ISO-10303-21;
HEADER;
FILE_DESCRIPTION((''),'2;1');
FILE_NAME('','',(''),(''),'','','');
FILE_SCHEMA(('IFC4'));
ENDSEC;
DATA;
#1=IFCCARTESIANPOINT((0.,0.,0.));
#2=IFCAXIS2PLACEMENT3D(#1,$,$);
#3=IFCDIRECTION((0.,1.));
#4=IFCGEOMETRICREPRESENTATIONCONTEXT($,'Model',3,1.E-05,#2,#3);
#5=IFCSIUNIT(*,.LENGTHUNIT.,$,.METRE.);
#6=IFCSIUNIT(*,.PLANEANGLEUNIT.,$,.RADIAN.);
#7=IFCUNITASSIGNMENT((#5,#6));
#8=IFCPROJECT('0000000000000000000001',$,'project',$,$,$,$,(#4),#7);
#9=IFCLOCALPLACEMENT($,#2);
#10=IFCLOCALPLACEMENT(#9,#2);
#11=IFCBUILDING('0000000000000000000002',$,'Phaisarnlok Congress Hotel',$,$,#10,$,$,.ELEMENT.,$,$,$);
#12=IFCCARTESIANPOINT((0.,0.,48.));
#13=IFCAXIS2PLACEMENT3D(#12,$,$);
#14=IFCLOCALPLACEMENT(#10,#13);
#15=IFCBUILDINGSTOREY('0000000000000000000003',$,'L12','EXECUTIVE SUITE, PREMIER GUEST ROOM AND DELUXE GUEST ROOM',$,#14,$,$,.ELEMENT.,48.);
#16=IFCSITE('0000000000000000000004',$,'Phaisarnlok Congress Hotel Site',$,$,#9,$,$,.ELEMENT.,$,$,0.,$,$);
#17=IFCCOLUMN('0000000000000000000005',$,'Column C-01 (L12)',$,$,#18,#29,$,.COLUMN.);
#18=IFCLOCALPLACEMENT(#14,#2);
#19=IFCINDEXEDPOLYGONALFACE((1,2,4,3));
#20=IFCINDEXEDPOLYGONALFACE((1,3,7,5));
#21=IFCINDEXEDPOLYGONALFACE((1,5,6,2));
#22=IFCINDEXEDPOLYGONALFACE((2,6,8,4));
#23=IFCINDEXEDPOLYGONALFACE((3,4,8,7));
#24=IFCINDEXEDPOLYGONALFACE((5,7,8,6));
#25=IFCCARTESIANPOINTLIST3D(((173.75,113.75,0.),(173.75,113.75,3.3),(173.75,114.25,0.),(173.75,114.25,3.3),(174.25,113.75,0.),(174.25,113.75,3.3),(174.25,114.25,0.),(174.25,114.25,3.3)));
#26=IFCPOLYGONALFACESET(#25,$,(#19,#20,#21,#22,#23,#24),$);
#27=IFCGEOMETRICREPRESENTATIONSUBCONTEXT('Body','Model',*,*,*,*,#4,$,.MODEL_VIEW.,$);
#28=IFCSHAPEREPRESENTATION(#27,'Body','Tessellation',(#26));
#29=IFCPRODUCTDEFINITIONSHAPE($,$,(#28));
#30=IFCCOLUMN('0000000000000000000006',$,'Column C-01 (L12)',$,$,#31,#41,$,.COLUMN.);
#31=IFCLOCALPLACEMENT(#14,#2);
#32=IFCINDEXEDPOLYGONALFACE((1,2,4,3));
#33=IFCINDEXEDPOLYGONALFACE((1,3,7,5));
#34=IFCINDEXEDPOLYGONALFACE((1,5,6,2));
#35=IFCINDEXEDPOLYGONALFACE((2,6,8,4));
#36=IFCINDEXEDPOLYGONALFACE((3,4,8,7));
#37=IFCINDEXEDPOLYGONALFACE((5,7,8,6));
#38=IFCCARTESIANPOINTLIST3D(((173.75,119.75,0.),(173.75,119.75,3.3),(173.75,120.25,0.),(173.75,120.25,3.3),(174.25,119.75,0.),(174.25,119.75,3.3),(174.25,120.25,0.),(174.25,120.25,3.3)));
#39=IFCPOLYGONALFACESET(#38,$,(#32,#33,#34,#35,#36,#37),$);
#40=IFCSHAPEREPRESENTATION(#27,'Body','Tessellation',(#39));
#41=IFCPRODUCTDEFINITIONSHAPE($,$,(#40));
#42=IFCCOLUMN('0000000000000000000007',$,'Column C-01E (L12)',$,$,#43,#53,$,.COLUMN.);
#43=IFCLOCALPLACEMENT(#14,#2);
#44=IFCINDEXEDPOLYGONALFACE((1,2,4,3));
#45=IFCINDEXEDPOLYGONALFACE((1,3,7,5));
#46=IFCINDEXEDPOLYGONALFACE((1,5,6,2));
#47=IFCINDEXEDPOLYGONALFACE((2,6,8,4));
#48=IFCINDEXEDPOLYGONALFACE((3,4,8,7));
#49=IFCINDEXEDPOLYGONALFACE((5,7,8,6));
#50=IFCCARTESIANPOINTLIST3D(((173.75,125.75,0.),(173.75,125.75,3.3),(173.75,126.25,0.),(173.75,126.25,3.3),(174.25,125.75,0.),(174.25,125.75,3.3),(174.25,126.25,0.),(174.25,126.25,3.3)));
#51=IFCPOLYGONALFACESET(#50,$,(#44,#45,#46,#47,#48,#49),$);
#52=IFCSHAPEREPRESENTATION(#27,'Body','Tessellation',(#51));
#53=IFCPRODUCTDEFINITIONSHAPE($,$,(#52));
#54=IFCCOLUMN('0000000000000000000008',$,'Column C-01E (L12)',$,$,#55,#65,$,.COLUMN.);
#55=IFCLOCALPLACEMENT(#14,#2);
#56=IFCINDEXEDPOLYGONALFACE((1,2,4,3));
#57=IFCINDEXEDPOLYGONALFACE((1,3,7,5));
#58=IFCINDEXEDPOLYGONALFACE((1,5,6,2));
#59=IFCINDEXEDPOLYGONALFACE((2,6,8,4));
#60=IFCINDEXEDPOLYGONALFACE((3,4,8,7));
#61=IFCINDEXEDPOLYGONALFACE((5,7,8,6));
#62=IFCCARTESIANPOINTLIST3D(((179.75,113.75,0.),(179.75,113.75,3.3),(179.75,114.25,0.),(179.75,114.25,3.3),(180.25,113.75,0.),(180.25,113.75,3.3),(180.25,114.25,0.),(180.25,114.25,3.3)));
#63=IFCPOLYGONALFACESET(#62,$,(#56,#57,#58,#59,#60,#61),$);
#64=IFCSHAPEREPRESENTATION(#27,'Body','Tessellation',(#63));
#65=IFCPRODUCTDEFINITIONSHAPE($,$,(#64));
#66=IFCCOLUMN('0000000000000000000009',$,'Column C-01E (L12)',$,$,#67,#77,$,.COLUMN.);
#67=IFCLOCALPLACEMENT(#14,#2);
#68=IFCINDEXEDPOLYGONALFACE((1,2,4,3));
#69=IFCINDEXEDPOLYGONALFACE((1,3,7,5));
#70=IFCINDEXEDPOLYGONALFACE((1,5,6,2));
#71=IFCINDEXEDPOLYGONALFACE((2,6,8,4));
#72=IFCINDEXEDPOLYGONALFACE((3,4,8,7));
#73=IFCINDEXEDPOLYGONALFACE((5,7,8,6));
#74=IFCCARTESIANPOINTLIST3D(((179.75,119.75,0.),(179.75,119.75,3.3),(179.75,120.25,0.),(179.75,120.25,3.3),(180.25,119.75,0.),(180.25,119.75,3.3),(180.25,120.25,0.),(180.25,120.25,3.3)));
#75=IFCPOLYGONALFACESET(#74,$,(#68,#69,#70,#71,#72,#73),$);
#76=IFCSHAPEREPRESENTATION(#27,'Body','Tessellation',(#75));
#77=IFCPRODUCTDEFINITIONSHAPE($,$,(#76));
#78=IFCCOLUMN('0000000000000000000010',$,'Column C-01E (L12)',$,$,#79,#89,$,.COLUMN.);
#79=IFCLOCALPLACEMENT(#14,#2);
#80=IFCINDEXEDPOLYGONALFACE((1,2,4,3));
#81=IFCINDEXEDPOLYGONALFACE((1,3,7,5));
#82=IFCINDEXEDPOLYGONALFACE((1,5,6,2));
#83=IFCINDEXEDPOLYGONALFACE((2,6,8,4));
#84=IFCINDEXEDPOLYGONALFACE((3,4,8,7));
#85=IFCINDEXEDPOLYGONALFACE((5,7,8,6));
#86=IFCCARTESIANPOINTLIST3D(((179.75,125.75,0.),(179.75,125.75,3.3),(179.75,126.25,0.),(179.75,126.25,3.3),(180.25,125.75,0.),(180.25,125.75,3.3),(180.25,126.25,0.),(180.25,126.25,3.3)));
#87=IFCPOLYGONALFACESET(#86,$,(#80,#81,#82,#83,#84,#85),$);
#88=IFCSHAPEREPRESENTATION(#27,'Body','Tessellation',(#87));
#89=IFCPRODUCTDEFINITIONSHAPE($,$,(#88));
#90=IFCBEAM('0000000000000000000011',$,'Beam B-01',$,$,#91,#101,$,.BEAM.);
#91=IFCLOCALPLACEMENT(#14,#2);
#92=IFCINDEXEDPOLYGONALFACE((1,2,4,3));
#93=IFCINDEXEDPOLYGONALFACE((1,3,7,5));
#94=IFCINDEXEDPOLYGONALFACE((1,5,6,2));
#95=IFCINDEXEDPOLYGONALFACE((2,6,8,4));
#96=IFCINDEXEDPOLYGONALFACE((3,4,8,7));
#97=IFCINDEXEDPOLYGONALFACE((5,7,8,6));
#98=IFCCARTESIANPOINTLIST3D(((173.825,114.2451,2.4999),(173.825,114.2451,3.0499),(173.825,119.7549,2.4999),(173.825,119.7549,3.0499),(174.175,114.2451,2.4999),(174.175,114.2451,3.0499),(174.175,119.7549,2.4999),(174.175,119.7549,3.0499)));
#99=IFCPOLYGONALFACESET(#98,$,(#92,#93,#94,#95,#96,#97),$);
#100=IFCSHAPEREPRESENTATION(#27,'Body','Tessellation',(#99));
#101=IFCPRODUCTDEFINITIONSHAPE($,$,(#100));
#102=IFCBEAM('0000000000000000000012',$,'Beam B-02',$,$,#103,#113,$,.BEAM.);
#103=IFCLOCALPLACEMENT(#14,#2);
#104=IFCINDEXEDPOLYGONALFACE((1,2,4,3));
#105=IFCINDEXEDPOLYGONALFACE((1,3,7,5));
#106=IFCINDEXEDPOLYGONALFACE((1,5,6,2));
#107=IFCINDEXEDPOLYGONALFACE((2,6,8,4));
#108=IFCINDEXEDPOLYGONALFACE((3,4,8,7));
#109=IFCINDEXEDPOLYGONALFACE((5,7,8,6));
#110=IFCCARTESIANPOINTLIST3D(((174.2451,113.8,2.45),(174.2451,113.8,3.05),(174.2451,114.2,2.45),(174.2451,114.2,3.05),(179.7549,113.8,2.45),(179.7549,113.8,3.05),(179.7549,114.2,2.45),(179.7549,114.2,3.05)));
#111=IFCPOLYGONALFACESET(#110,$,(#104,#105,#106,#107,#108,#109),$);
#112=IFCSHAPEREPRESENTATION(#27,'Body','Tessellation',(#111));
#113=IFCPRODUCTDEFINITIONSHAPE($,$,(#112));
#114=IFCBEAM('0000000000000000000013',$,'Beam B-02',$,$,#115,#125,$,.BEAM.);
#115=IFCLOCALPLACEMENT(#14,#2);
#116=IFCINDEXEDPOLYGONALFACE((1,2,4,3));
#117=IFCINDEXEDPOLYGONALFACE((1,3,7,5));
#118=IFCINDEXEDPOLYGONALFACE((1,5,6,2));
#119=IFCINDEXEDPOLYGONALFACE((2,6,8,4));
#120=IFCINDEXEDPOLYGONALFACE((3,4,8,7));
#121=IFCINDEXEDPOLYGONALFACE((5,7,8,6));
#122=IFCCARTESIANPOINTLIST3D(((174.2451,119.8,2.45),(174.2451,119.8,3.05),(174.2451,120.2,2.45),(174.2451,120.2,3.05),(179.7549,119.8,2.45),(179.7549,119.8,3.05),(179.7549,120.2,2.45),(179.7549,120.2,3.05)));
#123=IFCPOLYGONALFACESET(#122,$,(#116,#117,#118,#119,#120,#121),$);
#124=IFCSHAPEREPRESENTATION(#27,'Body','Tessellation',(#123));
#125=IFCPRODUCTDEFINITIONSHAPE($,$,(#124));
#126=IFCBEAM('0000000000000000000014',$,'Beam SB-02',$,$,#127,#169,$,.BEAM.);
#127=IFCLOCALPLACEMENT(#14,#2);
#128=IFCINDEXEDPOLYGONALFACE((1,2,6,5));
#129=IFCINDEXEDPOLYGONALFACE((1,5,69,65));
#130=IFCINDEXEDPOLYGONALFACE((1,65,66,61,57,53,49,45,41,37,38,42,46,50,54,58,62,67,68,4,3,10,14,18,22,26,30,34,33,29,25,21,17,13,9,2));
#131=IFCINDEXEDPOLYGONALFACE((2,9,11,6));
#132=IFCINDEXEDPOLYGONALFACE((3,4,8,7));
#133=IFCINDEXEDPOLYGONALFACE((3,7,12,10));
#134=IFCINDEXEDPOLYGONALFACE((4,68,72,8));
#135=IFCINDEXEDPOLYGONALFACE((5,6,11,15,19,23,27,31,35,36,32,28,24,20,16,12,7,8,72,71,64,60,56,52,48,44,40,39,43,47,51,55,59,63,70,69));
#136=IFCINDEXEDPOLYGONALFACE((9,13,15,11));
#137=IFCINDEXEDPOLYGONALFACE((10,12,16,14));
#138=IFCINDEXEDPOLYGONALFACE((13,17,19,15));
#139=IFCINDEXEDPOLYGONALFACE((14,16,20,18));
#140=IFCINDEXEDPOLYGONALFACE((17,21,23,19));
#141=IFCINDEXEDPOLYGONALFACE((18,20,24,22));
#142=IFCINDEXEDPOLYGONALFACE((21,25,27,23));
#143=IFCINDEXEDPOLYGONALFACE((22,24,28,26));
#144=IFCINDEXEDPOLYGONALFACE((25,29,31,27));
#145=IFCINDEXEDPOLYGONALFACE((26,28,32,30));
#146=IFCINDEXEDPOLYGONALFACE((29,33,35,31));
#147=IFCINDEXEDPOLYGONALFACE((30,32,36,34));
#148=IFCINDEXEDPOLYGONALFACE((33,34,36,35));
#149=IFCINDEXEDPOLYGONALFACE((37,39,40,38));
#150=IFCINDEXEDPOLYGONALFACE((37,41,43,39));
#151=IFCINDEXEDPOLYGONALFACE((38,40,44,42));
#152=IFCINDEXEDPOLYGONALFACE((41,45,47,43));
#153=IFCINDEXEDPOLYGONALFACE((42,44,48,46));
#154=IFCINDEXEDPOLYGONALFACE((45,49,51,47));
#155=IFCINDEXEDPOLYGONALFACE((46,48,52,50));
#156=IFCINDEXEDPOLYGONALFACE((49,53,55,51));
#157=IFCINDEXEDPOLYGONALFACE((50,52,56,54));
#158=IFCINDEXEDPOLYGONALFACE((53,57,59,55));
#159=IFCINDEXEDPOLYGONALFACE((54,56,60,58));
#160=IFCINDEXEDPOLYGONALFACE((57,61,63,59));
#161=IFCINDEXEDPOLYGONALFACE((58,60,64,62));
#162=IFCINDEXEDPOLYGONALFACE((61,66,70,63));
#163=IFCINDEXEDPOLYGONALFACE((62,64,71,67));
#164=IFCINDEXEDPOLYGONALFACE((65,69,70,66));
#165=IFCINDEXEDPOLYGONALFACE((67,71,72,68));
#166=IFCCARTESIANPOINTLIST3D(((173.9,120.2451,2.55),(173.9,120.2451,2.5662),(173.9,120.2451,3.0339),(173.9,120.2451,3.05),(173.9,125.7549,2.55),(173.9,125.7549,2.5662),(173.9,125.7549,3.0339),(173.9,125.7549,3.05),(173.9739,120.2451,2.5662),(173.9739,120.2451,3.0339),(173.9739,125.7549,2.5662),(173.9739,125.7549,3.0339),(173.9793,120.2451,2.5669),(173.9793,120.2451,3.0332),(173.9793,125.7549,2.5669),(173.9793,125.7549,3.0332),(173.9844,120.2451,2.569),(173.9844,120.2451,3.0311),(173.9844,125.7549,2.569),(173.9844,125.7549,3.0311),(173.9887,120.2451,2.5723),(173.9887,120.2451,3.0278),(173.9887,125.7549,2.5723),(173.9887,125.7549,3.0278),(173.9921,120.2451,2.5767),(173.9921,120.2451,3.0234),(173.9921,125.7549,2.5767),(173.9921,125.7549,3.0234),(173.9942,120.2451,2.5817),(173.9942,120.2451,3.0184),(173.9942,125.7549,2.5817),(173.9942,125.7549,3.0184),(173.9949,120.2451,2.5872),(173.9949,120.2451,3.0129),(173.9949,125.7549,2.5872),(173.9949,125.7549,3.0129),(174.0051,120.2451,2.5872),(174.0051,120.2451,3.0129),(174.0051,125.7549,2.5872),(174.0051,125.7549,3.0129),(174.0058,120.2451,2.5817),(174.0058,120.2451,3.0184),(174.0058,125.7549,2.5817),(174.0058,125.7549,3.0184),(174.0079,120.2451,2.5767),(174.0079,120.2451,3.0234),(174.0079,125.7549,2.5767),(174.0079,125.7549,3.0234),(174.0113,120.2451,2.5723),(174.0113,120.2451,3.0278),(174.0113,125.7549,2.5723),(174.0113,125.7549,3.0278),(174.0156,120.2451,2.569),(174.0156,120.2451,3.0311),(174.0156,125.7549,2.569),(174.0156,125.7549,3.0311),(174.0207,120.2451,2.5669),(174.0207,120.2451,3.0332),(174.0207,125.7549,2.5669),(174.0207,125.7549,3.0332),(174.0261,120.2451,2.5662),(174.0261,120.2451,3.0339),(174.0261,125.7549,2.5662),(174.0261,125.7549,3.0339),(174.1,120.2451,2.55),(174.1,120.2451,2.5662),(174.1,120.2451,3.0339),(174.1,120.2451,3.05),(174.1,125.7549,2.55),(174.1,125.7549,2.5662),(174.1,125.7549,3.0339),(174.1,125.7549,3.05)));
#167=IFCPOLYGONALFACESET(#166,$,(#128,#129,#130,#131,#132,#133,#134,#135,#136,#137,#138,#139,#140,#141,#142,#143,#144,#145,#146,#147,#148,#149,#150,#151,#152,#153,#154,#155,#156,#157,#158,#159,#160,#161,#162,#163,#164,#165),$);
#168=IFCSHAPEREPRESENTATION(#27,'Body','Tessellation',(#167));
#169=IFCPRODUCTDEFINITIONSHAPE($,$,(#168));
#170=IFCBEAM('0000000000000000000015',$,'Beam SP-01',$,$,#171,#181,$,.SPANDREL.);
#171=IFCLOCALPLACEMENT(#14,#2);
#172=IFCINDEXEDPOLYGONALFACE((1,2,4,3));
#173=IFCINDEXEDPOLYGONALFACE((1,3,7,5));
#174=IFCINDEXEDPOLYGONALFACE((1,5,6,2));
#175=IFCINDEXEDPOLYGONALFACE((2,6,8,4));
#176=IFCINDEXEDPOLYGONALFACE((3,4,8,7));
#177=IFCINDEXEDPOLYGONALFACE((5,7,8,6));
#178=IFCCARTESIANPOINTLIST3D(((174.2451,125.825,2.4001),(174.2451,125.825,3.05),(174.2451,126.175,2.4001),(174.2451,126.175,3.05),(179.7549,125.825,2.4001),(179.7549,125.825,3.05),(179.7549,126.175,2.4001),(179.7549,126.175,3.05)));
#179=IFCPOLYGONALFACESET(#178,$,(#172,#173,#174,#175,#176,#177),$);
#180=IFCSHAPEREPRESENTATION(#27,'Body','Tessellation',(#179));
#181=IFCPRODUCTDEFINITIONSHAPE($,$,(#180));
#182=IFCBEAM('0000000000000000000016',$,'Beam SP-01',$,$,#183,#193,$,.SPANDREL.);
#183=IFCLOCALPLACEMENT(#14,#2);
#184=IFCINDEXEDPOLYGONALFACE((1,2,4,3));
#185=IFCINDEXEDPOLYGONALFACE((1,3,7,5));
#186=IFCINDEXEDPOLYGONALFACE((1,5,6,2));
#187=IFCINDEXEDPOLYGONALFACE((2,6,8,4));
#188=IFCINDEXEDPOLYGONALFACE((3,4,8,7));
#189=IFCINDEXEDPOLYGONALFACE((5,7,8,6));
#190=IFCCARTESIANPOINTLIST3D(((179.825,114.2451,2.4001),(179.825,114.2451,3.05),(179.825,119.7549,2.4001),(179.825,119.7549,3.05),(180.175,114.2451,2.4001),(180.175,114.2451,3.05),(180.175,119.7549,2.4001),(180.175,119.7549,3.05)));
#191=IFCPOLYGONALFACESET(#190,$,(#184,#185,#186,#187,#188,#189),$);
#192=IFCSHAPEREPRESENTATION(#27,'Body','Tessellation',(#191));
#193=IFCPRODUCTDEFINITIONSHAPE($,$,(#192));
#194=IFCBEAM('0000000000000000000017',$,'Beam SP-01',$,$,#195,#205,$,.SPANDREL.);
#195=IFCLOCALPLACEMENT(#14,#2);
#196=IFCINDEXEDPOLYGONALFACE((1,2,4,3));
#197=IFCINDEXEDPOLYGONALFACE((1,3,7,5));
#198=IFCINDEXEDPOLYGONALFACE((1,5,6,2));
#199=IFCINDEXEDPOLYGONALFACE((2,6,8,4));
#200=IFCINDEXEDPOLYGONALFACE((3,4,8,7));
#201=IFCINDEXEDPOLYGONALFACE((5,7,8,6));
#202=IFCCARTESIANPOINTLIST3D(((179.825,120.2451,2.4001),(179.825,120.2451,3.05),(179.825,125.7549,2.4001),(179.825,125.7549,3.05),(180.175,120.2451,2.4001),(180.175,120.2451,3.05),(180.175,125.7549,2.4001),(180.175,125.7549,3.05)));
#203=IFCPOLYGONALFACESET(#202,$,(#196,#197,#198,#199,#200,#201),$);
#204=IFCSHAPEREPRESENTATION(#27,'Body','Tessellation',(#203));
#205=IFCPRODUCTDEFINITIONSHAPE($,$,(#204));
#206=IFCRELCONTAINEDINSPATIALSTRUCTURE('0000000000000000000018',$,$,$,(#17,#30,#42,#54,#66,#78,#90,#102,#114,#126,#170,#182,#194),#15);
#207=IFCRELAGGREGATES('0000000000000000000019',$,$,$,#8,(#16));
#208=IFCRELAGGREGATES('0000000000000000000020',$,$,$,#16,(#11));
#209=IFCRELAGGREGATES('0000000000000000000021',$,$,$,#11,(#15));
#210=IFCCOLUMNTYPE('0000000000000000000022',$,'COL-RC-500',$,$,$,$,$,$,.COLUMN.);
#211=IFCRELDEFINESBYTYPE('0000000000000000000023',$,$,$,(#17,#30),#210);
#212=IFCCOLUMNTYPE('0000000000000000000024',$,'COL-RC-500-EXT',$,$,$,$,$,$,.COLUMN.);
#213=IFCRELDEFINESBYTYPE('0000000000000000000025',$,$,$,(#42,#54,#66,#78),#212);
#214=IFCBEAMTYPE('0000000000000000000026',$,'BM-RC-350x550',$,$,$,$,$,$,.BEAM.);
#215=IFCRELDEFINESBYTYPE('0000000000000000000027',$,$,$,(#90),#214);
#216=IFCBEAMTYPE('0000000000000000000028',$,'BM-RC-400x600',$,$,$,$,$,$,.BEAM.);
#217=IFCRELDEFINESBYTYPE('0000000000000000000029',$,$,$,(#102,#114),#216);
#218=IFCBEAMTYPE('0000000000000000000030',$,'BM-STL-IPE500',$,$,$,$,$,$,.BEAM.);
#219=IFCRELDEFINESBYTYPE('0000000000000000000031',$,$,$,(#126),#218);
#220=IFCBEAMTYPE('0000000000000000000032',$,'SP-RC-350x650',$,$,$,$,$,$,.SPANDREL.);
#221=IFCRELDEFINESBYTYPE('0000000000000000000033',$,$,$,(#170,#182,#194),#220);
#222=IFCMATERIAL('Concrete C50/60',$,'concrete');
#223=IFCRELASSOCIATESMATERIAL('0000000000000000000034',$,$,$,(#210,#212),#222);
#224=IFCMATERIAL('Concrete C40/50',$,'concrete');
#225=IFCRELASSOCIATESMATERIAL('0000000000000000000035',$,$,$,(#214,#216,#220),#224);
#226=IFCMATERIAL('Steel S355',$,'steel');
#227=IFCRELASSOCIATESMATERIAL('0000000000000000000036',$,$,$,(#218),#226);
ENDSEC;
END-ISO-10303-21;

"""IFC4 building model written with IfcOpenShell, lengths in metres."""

from ifc_helpers import new_model, si_unit, direction, frame, origin, origin_2d, place, context, subcontext, project, spatial, rectangle, i_section, extrude, material, material_profile, profile_set, type_object, element, save


model = new_model("IFC4")

# Units and contexts
model_context = context("Model", 3, precision=1e-05, world=origin(), true_north=direction((0.0, 1.0)))
body_context = subcontext(model_context, "Body", "Model", "MODEL_VIEW")
ifc_project = project(units=[si_unit("LENGTHUNIT", "METRE"), si_unit("PLANEANGLEUNIT", "RADIAN")], contexts=[model_context])

# Site, building, storey
site_placement = place(None, origin())
site = spatial("IfcSite", under=ifc_project, at=site_placement, Name="Phaisarnlok Congress Hotel Site", CompositionType="ELEMENT", RefElevation=0.0)
building_placement = place(site_placement, origin())
building = spatial("IfcBuilding", under=site, at=building_placement, Name="Phaisarnlok Congress Hotel", CompositionType="ELEMENT")
storey_placement = place(building_placement, frame((0.0, 0.0, 48.0)))
storey = spatial("IfcBuildingStorey", under=building, at=storey_placement, Name="L12", Description="EXECUTIVE SUITE, PREMIER GUEST ROOM AND DELUXE GUEST ROOM", CompositionType="ELEMENT", Elevation=48.0)

# Columns
ifc_material_1 = material(Name="Concrete C50/60", Category="concrete")
ifc_material_profile_1 = material_profile(ifc_material_1, rectangle(XDim=0.5, YDim=0.5, at=origin_2d()), Name="RC 500x500")
ifc_profile_set_1 = profile_set([ifc_material_profile_1], Name="Concrete C50/60")
column_type_1 = type_object("IfcColumnType", Name="COL-RC-500", PredefinedType="COLUMN", material=ifc_profile_set_1)
for number, where, z_axis, x_axis, name in (
    (1, (174.0, 114.0, 0.0), (0.0, 0.0, 1.0), (1.0, 0.0, 0.0), "Column C-01 (L12)"),
    (2, (174.0, 120.0, 0.0), (0.0, 0.0, 1.0), (1.0, 0.0, 0.0), "Column C-01 (L12)"),
):
    element("IfcColumn", number, at=place(storey_placement, frame(where, z_axis=z_axis, x_axis=x_axis)), inside=storey, type_object=column_type_1, Name=name, PredefinedType="COLUMN", context=body_context, shape_type="SweptSolid", body=[
        extrude(rectangle(XDim=0.5, YDim=0.5, at=origin_2d()), origin(), (0.0, 0.0, 1.0), 3.3),
    ])
ifc_material_profile_2 = material_profile(ifc_material_1, rectangle(XDim=0.5, YDim=0.5, at=origin_2d()), Name="RC 500x500")
ifc_profile_set_2 = profile_set([ifc_material_profile_2], Name="Concrete C50/60")
column_type_2 = type_object("IfcColumnType", Name="COL-RC-500-EXT", PredefinedType="COLUMN", material=ifc_profile_set_2)
for number, where, z_axis, x_axis, name in (
    (3, (174.0, 126.0, 0.0), (0.0, 0.0, 1.0), (1.0, 0.0, 0.0), "Column C-01E (L12)"),
    (4, (180.0, 114.0, 0.0), (0.0, 0.0, 1.0), (1.0, 0.0, 0.0), "Column C-01E (L12)"),
    (5, (180.0, 120.0, 0.0), (0.0, 0.0, 1.0), (1.0, 0.0, 0.0), "Column C-01E (L12)"),
    (6, (180.0, 126.0, 0.0), (0.0, 0.0, 1.0), (1.0, 0.0, 0.0), "Column C-01E (L12)"),
):
    element("IfcColumn", number, at=place(storey_placement, frame(where, z_axis=z_axis, x_axis=x_axis)), inside=storey, type_object=column_type_2, Name=name, PredefinedType="COLUMN", context=body_context, shape_type="SweptSolid", body=[
        extrude(rectangle(XDim=0.5, YDim=0.5, at=origin_2d()), origin(), (0.0, 0.0, 1.0), 3.3),
    ])

# Beams
ifc_material_2 = material(Name="Concrete C40/50", Category="concrete")
ifc_material_profile_3 = material_profile(ifc_material_2, rectangle(XDim=0.3501, YDim=0.55, at=origin_2d()), Name="RC 350x550")
ifc_profile_set_3 = profile_set([ifc_material_profile_3], Name="Concrete C40/50")
beam_type_1 = type_object("IfcBeamType", Name="BM-RC-350x550", PredefinedType="BEAM", material=ifc_profile_set_3)
beam_1_placement = place(storey_placement, frame((174.0, 114.2451, 2.7749), z_axis=(0.0, 1.0, 0.0), x_axis=(-1.0, 0.0, 0.0)))
element("IfcBeam", 7, at=beam_1_placement, inside=storey, type_object=beam_type_1, Name="Beam B-01", PredefinedType="BEAM", context=body_context, shape_type="SweptSolid", body=[
    extrude(rectangle(XDim=0.3501, YDim=0.55, at=origin_2d()), origin(), (0.0, 0.0, 1.0), 5.5098),
])
ifc_material_profile_4 = material_profile(ifc_material_2, rectangle(XDim=0.3999, YDim=0.6001, at=origin_2d()), Name="RC 400x600")
ifc_profile_set_4 = profile_set([ifc_material_profile_4], Name="Concrete C40/50")
beam_type_2 = type_object("IfcBeamType", Name="BM-RC-400x600", PredefinedType="BEAM", material=ifc_profile_set_4)
for number, where, z_axis, x_axis, name in (
    (8, (174.2451, 114.0, 2.75), (1.0, 0.0, 0.0), (0.0, 1.0, 0.0), "Beam B-02"),
    (9, (174.2451, 120.0, 2.75), (1.0, 0.0, 0.0), (0.0, 1.0, 0.0), "Beam B-02"),
):
    element("IfcBeam", number, at=place(storey_placement, frame(where, z_axis=z_axis, x_axis=x_axis)), inside=storey, type_object=beam_type_2, Name=name, PredefinedType="BEAM", context=body_context, shape_type="SweptSolid", body=[
        extrude(rectangle(XDim=0.3999, YDim=0.6001, at=origin_2d()), origin(), (0.0, 0.0, 1.0), 5.5098),
    ])
ifc_material_3 = material(Name="Steel S355", Category="steel")
ifc_material_profile_5 = material_profile(ifc_material_3, i_section(OverallWidth=0.2, OverallDepth=0.5, WebThickness=0.0103, FlangeThickness=0.0161, FilletRadius=0.021, at=origin_2d()), Name="IPE 500")
ifc_profile_set_5 = profile_set([ifc_material_profile_5], Name="Steel S355")
beam_type_3 = type_object("IfcBeamType", Name="BM-STL-IPE500", PredefinedType="BEAM", material=ifc_profile_set_5)
beam_2_placement = place(storey_placement, frame((174.0, 120.2451, 2.8), z_axis=(0.0, 1.0, 0.0), x_axis=(-1.0, 0.0, 0.0)))
element("IfcBeam", 10, at=beam_2_placement, inside=storey, type_object=beam_type_3, Name="Beam SB-02", PredefinedType="BEAM", context=body_context, shape_type="SweptSolid", body=[
    extrude(i_section(OverallWidth=0.2, OverallDepth=0.5, WebThickness=0.0103, FlangeThickness=0.0161, FilletRadius=0.021, at=origin_2d()), origin(), (0.0, 0.0, 1.0), 5.5098),
])
ifc_material_profile_6 = material_profile(ifc_material_2, rectangle(XDim=0.3501, YDim=0.6499, at=origin_2d()), Name="RC 350x650")
ifc_profile_set_6 = profile_set([ifc_material_profile_6], Name="Concrete C40/50")
beam_type_4 = type_object("IfcBeamType", Name="SP-RC-350x650", PredefinedType="SPANDREL", material=ifc_profile_set_6)
for number, where, z_axis, x_axis, name in (
    (11, (174.2451, 126.0, 2.7251), (1.0, 0.0, 0.0), (0.0, 1.0, 0.0), "Beam SP-01"),
    (12, (180.0, 114.2451, 2.7251), (0.0, 1.0, 0.0), (-1.0, 0.0, 0.0), "Beam SP-01"),
    (13, (180.0, 120.2451, 2.7251), (0.0, 1.0, 0.0), (-1.0, 0.0, 0.0), "Beam SP-01"),
):
    element("IfcBeam", number, at=place(storey_placement, frame(where, z_axis=z_axis, x_axis=x_axis)), inside=storey, type_object=beam_type_4, Name=name, PredefinedType="SPANDREL", context=body_context, shape_type="SweptSolid", body=[
        extrude(rectangle(XDim=0.3501, YDim=0.6499, at=origin_2d()), origin(), (0.0, 0.0, 1.0), 5.5098),
    ])

save(model, "model.ifc")
